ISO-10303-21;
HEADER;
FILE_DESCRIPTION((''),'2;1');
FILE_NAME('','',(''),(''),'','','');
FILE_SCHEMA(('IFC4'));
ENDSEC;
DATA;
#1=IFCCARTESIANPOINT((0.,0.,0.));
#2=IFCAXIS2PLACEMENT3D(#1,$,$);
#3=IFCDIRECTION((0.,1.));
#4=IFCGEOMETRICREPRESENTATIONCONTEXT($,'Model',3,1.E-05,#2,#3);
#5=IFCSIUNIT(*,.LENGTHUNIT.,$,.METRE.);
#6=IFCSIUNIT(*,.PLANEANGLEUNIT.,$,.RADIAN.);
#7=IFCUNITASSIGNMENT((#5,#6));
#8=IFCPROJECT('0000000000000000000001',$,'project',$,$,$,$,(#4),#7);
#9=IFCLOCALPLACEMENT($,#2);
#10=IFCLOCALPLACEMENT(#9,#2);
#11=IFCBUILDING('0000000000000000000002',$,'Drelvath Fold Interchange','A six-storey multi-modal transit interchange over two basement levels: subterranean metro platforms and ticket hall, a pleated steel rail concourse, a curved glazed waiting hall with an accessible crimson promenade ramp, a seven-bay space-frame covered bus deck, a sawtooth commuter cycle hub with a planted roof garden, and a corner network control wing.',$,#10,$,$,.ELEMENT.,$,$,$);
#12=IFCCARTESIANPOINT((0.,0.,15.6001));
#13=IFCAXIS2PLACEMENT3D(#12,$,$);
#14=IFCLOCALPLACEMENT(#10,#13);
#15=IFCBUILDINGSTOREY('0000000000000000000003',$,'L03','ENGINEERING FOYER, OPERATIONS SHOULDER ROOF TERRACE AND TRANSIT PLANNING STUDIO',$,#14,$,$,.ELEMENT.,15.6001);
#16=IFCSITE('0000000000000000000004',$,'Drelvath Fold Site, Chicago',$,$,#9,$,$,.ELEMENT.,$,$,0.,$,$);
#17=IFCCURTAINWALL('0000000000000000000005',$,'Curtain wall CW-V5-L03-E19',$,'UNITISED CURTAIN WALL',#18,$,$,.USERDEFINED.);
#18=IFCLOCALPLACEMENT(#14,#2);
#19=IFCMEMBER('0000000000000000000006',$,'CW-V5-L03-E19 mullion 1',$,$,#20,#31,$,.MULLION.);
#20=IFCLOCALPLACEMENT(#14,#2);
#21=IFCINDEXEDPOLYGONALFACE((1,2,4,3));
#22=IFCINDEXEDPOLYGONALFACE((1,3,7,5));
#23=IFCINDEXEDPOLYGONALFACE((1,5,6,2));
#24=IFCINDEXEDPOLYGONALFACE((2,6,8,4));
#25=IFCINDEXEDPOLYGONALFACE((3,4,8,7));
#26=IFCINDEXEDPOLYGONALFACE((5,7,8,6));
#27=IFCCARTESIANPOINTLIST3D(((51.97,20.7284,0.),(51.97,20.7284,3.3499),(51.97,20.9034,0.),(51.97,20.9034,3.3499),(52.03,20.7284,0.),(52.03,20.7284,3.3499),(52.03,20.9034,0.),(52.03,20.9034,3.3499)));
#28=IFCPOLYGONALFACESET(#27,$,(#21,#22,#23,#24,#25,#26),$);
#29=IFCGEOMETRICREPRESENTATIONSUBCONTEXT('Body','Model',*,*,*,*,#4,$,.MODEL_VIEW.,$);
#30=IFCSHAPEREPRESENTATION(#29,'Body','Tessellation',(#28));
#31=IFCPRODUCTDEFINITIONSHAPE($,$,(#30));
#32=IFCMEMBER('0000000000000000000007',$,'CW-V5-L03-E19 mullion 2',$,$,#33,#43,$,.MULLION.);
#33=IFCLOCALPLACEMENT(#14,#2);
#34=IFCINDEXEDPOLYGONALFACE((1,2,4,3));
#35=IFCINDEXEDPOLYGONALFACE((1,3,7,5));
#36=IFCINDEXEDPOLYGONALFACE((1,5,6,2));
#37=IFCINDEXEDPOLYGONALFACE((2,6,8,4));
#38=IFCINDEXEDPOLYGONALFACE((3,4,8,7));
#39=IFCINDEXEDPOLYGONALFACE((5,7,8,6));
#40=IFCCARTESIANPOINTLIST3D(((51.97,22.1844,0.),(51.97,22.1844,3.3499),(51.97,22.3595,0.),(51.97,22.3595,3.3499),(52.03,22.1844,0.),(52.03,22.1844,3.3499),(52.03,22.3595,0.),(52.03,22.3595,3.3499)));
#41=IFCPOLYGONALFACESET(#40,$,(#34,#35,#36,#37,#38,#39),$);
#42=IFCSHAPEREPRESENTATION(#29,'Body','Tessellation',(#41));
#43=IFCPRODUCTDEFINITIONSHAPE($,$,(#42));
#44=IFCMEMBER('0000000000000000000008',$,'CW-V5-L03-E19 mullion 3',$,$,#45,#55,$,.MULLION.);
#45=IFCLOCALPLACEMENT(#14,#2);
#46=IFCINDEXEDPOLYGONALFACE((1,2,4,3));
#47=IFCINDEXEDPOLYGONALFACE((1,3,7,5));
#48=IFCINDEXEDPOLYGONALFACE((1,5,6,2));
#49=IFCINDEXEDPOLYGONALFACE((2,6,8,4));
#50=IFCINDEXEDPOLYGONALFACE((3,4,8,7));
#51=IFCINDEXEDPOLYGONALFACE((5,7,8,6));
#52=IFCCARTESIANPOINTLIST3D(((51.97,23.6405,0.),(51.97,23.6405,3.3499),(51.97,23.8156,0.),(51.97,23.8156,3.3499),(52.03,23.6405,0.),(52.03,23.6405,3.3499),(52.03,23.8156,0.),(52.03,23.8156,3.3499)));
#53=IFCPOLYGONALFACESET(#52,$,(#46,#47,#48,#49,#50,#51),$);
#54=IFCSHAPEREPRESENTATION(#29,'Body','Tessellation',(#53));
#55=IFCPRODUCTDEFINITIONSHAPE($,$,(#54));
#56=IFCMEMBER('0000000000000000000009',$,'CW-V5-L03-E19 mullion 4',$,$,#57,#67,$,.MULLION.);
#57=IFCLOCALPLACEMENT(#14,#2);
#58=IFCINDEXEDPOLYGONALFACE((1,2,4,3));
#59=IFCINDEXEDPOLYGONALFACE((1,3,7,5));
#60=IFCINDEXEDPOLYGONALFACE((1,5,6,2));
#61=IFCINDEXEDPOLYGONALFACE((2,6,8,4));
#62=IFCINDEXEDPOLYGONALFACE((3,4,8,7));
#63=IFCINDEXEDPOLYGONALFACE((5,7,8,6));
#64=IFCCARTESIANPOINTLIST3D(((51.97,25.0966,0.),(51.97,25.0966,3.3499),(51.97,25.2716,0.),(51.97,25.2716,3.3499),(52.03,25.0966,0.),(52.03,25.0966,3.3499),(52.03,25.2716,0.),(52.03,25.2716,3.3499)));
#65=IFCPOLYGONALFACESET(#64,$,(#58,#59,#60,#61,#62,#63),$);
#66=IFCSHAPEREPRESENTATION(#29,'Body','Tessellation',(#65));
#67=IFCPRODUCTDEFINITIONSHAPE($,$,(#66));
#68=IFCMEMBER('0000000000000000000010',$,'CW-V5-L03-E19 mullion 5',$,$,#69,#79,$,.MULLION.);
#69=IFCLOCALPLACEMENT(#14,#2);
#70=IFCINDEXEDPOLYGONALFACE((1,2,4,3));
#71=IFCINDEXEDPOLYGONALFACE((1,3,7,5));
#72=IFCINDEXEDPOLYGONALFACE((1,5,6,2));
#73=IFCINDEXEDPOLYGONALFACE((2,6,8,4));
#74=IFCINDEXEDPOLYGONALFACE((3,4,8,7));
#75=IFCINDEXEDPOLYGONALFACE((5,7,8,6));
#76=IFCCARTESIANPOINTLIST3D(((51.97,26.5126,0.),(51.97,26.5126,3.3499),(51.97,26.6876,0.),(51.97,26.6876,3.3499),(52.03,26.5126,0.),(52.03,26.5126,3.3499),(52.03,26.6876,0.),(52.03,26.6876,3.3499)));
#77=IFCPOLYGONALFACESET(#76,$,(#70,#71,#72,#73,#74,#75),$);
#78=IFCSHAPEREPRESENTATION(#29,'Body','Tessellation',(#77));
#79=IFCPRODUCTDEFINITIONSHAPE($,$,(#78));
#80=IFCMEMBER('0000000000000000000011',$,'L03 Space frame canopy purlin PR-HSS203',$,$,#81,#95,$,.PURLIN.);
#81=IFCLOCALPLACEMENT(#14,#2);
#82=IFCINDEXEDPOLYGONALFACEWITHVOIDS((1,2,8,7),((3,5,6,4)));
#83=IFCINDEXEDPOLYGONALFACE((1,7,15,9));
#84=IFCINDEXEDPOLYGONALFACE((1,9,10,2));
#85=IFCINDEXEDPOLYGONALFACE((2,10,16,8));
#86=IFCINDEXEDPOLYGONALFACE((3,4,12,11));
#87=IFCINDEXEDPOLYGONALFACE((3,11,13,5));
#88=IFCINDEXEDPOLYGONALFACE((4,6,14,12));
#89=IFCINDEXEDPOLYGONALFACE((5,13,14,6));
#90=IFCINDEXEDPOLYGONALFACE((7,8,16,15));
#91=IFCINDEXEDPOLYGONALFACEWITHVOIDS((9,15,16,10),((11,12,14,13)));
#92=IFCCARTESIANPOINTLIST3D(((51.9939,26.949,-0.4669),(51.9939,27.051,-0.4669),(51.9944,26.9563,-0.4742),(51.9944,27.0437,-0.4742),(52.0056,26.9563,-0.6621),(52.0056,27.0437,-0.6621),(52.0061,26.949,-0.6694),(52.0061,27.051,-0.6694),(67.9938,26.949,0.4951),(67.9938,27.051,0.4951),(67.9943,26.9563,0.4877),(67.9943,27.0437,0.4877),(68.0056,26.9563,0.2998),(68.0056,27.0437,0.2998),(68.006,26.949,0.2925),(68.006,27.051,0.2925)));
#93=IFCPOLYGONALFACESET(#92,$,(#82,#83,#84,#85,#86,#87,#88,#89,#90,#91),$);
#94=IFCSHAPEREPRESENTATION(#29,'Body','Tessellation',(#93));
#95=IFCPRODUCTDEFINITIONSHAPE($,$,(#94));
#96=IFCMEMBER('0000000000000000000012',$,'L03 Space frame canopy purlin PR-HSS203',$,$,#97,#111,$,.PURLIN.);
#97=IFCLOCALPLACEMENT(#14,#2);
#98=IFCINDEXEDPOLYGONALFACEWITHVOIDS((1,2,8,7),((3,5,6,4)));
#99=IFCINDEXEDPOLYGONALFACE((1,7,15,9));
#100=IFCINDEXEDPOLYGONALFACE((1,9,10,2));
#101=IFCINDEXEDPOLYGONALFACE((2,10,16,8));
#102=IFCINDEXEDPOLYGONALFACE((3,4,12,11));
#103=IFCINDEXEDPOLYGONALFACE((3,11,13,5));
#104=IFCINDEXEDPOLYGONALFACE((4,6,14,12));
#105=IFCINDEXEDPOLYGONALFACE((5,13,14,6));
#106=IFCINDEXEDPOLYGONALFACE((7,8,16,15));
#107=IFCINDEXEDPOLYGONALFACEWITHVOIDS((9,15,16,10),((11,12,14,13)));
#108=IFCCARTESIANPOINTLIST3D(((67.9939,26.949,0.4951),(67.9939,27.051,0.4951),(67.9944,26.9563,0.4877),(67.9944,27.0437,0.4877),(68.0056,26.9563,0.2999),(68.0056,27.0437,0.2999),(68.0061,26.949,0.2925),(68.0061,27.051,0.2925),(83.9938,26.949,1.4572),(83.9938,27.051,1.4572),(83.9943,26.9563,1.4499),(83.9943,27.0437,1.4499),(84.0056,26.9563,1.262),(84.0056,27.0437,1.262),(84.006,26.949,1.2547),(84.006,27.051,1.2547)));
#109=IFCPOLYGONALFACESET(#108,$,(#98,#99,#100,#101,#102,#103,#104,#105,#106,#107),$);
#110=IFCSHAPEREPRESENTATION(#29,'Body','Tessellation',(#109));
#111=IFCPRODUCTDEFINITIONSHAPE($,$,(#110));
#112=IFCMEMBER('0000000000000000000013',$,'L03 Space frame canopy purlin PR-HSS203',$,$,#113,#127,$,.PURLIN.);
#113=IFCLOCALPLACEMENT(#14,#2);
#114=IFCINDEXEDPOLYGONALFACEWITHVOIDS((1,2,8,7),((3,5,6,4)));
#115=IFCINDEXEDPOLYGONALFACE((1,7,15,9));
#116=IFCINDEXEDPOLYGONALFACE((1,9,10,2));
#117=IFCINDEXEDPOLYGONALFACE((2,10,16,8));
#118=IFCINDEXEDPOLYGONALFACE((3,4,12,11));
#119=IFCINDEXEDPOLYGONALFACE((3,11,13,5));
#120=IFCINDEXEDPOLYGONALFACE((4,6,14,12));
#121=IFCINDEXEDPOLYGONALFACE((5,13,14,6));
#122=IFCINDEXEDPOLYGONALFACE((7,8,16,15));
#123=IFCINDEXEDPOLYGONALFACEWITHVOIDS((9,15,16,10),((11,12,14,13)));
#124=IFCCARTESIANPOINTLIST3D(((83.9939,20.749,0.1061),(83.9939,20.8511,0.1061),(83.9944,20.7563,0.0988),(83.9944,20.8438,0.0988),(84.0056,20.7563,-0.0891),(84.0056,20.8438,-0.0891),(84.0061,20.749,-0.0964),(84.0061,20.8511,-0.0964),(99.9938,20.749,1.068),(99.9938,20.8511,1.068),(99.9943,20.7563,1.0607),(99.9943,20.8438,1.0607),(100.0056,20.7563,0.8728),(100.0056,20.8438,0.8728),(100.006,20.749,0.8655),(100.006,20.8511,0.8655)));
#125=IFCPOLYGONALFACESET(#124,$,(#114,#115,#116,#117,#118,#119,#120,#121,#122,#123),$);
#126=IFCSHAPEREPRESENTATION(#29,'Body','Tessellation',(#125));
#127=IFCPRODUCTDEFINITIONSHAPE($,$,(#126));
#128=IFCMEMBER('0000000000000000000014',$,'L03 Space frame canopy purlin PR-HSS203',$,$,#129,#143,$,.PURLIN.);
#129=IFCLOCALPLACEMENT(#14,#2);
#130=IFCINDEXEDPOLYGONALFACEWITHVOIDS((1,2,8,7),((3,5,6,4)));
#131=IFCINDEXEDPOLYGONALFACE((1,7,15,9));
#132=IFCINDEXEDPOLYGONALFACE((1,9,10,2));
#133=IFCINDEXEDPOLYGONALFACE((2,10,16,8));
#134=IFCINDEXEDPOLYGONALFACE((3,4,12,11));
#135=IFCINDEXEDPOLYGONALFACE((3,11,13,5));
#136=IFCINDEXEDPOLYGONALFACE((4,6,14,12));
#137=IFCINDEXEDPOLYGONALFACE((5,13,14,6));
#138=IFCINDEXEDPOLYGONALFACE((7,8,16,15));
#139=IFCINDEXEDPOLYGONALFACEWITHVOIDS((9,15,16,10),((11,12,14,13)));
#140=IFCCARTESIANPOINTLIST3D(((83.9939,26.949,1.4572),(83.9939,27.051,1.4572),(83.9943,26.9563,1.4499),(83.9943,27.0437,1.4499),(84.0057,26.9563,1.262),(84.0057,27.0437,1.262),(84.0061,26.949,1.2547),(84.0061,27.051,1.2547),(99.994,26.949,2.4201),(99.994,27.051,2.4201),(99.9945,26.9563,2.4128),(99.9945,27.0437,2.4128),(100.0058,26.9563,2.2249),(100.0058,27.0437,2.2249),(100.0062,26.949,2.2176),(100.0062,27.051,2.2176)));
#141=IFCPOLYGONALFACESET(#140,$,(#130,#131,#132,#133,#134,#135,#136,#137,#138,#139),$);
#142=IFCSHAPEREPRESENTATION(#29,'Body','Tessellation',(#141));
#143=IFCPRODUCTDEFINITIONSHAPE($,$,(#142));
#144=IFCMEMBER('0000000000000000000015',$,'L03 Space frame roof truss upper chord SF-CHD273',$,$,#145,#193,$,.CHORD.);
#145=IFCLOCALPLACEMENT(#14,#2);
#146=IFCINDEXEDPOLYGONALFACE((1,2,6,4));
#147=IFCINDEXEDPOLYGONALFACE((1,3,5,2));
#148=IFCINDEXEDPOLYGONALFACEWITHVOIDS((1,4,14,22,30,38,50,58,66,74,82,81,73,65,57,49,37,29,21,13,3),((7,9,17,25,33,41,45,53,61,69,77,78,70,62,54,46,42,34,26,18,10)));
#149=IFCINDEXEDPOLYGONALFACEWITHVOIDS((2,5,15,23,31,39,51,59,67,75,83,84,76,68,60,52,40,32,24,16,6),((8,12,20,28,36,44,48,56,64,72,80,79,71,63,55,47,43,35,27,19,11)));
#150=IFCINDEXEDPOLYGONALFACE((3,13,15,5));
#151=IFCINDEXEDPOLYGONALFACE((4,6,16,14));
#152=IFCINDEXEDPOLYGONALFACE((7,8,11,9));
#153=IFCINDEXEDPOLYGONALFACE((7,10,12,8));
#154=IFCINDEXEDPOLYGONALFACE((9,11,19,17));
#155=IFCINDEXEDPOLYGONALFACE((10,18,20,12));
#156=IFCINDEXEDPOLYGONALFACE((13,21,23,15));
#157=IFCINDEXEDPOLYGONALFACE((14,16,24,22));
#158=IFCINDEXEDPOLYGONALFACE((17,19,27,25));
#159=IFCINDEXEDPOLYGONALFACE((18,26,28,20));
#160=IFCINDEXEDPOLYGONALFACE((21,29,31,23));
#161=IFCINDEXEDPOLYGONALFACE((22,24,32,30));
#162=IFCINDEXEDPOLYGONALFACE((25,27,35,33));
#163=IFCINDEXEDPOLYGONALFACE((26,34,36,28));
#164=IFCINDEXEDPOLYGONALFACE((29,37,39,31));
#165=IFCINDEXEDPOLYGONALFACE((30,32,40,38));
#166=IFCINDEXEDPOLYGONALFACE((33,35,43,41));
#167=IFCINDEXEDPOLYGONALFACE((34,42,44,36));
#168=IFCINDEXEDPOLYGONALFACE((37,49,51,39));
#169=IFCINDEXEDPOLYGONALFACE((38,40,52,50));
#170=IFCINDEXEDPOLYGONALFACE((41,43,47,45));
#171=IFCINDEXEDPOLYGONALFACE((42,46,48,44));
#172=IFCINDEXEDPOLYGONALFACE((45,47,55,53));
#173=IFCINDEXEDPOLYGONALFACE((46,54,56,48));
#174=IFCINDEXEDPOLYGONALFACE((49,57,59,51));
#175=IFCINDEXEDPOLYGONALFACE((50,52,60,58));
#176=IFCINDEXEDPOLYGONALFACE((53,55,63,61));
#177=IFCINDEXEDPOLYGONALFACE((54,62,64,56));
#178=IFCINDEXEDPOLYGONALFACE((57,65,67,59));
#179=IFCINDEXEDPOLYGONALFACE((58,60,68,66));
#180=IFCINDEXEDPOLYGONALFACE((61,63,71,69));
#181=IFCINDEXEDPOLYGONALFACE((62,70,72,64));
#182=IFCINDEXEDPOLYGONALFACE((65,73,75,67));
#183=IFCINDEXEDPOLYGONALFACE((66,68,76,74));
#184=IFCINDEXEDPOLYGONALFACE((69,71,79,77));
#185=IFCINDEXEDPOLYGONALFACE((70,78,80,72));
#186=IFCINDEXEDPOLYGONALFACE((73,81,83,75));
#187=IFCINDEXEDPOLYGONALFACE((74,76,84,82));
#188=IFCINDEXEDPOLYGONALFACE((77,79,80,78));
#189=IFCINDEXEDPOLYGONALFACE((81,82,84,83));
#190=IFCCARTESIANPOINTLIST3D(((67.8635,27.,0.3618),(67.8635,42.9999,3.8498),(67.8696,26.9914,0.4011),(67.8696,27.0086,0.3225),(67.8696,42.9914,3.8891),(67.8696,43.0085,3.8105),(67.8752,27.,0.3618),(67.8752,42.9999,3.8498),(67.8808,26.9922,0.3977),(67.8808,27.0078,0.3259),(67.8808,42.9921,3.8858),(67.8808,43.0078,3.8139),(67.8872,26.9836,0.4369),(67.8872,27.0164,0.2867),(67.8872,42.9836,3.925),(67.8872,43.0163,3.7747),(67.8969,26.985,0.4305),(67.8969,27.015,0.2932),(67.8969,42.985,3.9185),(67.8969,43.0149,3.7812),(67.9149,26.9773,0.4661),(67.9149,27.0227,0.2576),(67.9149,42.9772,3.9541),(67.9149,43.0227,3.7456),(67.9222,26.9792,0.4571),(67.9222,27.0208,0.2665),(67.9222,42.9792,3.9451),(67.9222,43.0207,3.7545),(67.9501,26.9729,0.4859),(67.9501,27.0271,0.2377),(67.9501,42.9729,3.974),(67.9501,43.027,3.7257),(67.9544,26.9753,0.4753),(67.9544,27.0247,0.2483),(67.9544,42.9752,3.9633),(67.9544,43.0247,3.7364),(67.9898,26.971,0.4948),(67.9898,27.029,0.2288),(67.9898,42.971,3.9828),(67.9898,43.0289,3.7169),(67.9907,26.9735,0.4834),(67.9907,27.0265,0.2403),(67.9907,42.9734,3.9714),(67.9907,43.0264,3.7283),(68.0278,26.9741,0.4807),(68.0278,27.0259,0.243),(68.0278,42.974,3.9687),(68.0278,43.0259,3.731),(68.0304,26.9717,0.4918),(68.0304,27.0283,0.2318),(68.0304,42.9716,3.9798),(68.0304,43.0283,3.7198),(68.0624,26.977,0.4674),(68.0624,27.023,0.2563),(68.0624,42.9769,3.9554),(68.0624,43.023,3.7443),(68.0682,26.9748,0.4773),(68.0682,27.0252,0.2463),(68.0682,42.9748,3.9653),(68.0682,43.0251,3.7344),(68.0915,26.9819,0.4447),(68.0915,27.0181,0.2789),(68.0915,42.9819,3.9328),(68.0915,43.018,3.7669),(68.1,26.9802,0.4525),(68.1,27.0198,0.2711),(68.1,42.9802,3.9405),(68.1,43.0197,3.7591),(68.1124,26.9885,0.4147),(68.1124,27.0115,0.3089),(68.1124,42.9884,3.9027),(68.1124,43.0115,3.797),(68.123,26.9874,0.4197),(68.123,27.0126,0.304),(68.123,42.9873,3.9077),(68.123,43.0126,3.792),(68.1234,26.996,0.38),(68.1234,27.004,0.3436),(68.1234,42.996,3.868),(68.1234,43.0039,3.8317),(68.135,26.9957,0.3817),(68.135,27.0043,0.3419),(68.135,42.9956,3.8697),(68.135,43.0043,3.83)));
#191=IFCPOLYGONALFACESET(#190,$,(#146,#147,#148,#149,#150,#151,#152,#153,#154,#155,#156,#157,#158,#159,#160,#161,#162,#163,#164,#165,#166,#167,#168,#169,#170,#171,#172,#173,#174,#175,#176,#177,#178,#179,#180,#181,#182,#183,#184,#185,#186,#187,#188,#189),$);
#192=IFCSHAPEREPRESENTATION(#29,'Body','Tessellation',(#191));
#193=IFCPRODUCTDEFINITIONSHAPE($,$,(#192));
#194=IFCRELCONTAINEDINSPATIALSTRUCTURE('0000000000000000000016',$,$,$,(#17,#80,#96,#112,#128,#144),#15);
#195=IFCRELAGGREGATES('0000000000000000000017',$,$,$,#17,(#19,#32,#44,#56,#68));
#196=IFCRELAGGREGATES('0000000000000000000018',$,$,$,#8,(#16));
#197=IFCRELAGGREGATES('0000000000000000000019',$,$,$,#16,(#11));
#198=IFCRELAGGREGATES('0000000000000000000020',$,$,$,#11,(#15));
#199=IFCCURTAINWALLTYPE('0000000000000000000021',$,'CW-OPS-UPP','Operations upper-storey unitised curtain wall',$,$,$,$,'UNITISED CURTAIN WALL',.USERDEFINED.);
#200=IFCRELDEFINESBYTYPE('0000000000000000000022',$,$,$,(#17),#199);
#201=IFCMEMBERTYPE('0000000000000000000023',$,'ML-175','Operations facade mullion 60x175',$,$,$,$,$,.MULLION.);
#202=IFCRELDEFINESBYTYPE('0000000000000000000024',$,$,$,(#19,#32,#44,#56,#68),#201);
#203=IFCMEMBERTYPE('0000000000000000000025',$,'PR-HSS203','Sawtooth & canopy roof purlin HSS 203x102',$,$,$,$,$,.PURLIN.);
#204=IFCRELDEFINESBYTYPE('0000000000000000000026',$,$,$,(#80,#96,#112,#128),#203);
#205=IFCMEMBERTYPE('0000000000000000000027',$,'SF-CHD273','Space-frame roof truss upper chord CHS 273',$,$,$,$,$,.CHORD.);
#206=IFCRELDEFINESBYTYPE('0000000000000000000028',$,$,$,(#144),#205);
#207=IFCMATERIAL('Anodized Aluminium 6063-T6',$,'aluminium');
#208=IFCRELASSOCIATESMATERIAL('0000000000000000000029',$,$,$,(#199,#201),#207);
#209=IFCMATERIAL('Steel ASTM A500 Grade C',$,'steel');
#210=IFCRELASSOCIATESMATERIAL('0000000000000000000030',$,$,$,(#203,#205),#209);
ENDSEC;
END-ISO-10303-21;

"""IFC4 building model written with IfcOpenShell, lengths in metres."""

from ifc_helpers import new_model, si_unit, direction, frame, origin, origin_2d, place, context, subcontext, project, spatial, rectangle, hollow_rectangle, hollow_circle, extrude, material, material_profile, profile_set, type_object, element, aggregate, save


model = new_model("IFC4")

# Units and contexts
model_context = context("Model", 3, precision=1e-05, world=origin(), true_north=direction((0.0, 1.0)))
body_context = subcontext(model_context, "Body", "Model", "MODEL_VIEW")
ifc_project = project(units=[si_unit("LENGTHUNIT", "METRE"), si_unit("PLANEANGLEUNIT", "RADIAN")], contexts=[model_context])

# Site, building, storey
site_placement = place(None, origin())
site = spatial("IfcSite", under=ifc_project, at=site_placement, Name="Drelvath Fold Site, Chicago", CompositionType="ELEMENT", RefElevation=0.0)
building_placement = place(site_placement, origin())
building = spatial("IfcBuilding", under=site, at=building_placement, Name="Drelvath Fold Interchange", Description="A six-storey multi-modal transit interchange over two basement levels: subterranean metro platforms and ticket hall, a pleated steel rail concourse, a curved glazed waiting hall with an accessible crimson promenade ramp, a seven-bay space-frame covered bus deck, a sawtooth commuter cycle hub with a planted roof garden, and a corner network control wing.", CompositionType="ELEMENT")
storey_placement = place(building_placement, frame((0.0, 0.0, 15.6001)))
storey = spatial("IfcBuildingStorey", under=building, at=storey_placement, Name="L03", Description="ENGINEERING FOYER, OPERATIONS SHOULDER ROOF TERRACE AND TRANSIT PLANNING STUDIO", CompositionType="ELEMENT", Elevation=15.6001)

# Curtain wall, members
ifc_material_1 = material(Name="Anodized Aluminium 6063-T6", Category="aluminium")
curtain_wall_type = type_object("IfcCurtainWallType", Name="CW-OPS-UPP", Description="Operations upper-storey unitised curtain wall", ElementType="UNITISED CURTAIN WALL", PredefinedType="USERDEFINED", material=ifc_material_1)
curtain_wall_placement = place(storey_placement, origin())
curtain_wall = element("IfcCurtainWall", 1, at=curtain_wall_placement, inside=storey, type_object=curtain_wall_type, Name="Curtain wall CW-V5-L03-E19", ObjectType="UNITISED CURTAIN WALL", PredefinedType="USERDEFINED")
ifc_material_profile_1 = material_profile(ifc_material_1, rectangle(XDim=0.0601, YDim=0.175, at=origin_2d()), Name="AL-M 60x175")
ifc_profile_set_1 = profile_set([ifc_material_profile_1], Name="Anodized Aluminium 6063-T6")
member_type_1 = type_object("IfcMemberType", Name="ML-175", Description="Operations facade mullion 60x175", PredefinedType="MULLION", material=ifc_profile_set_1)
member_1_placement = place(storey_placement, frame((52.0, 20.8159, 0.0), z_axis=(0.0, 0.0, 1.0), x_axis=(1.0, 0.0, 0.0)))
member_1 = element("IfcMember", 2, at=member_1_placement, type_object=member_type_1, Name="CW-V5-L03-E19 mullion 1", PredefinedType="MULLION", context=body_context, shape_type="SweptSolid", body=[
    extrude(rectangle(XDim=0.0601, YDim=0.175, at=origin_2d()), origin(), (0.0, 0.0, 1.0), 3.3499),
])
member_2_placement = place(storey_placement, frame((52.0, 22.272, 0.0), z_axis=(0.0, 0.0, 1.0), x_axis=(1.0, 0.0, 0.0)))
member_2 = element("IfcMember", 3, at=member_2_placement, type_object=member_type_1, Name="CW-V5-L03-E19 mullion 2", PredefinedType="MULLION", context=body_context, shape_type="SweptSolid", body=[
    extrude(rectangle(XDim=0.0601, YDim=0.175, at=origin_2d()), origin(), (0.0, 0.0, 1.0), 3.3499),
])
member_3_placement = place(storey_placement, frame((52.0, 23.728, 0.0), z_axis=(0.0, 0.0, 1.0), x_axis=(1.0, 0.0, 0.0)))
member_3 = element("IfcMember", 4, at=member_3_placement, type_object=member_type_1, Name="CW-V5-L03-E19 mullion 3", PredefinedType="MULLION", context=body_context, shape_type="SweptSolid", body=[
    extrude(rectangle(XDim=0.0601, YDim=0.175, at=origin_2d()), origin(), (0.0, 0.0, 1.0), 3.3499),
])
member_4_placement = place(storey_placement, frame((52.0, 25.1841, 0.0), z_axis=(0.0, 0.0, 1.0), x_axis=(1.0, 0.0, 0.0)))
member_4 = element("IfcMember", 5, at=member_4_placement, type_object=member_type_1, Name="CW-V5-L03-E19 mullion 4", PredefinedType="MULLION", context=body_context, shape_type="SweptSolid", body=[
    extrude(rectangle(XDim=0.0601, YDim=0.175, at=origin_2d()), origin(), (0.0, 0.0, 1.0), 3.3499),
])
member_5_placement = place(storey_placement, frame((52.0, 26.6001, 0.0), z_axis=(0.0, 0.0, 1.0), x_axis=(1.0, 0.0, 0.0)))
member_5 = element("IfcMember", 6, at=member_5_placement, type_object=member_type_1, Name="CW-V5-L03-E19 mullion 5", PredefinedType="MULLION", context=body_context, shape_type="SweptSolid", body=[
    extrude(rectangle(XDim=0.0601, YDim=0.175, at=origin_2d()), origin(), (0.0, 0.0, 1.0), 3.3499),
])

# Members
ifc_material_2 = material(Name="Steel ASTM A500 Grade C", Category="steel")
ifc_material_profile_2 = material_profile(ifc_material_2, hollow_rectangle(XDim=0.1021, YDim=0.2029, WallThickness=0.0073, at=origin_2d()), Name="HSS8X4X5/16")
ifc_profile_set_2 = profile_set([ifc_material_profile_2], Name="Steel ASTM A500 Grade C")
member_type_2 = type_object("IfcMemberType", Name="PR-HSS203", Description="Sawtooth & canopy roof purlin HSS 203x102", PredefinedType="PURLIN", material=ifc_profile_set_2)
for number, where, z_axis, x_axis, name in (
    (7, (52.0, 27.0, -0.5681), (0.998198, 0.0, 0.060011), (0.0, 1.0, 0.0), "L03 Space frame canopy purlin PR-HSS203"),
    (8, (68.0, 27.0, 0.3938), (0.998197, 0.0, 0.060026), (0.0, 1.0, 0.0), "L03 Space frame canopy purlin PR-HSS203"),
    (9, (84.0, 20.8, 0.0049), (0.998198, 0.0, 0.060011), (0.0, 1.0, 0.0), "L03 Space frame canopy purlin PR-HSS203"),
):
    element("IfcMember", number, at=place(storey_placement, frame(where, z_axis=z_axis, x_axis=x_axis)), inside=storey, type_object=member_type_2, Name=name, PredefinedType="PURLIN", context=body_context, shape_type="SweptSolid", body=[
        extrude(hollow_rectangle(XDim=0.1021, YDim=0.2029, WallThickness=0.0073, at=origin_2d()), origin(), (0.0, 0.0, 1.0), 16.0288),
    ])
member_6_placement = place(storey_placement, frame((84.0, 27.0, 1.356), z_axis=(0.998194, 0.0, 0.060072), x_axis=(0.0, 1.0, 0.0)))
element("IfcMember", 10, at=member_6_placement, inside=storey, type_object=member_type_2, Name="L03 Space frame canopy purlin PR-HSS203", PredefinedType="PURLIN", context=body_context, shape_type="SweptSolid", body=[
    extrude(hollow_rectangle(XDim=0.1021, YDim=0.2029, WallThickness=0.0073, at=origin_2d()), origin(), (0.0, 0.0, 1.0), 16.0291),
])
ifc_material_profile_3 = material_profile(ifc_material_2, hollow_circle(Radius=0.1365, WallThickness=0.0117, at=origin_2d()), Name="HSS10.750X0.500")
ifc_profile_set_3 = profile_set([ifc_material_profile_3], Name="Steel ASTM A500 Grade C")
member_type_3 = type_object("IfcMemberType", Name="SF-CHD273", Description="Space-frame roof truss upper chord CHS 273", PredefinedType="CHORD", material=ifc_profile_set_3)
member_7_placement = place(storey_placement, frame((68.0, 27.0, 0.3618), z_axis=(0.0, 0.977052, 0.213), x_axis=(-1.0, 0.0, 0.0)))
element("IfcMember", 11, at=member_7_placement, inside=storey, type_object=member_type_3, Name="L03 Space frame roof truss upper chord SF-CHD273", PredefinedType="CHORD", context=body_context, shape_type="SweptSolid", body=[
    extrude(hollow_circle(Radius=0.1365, WallThickness=0.0117, at=origin_2d()), origin(), (0.0, 0.0, 1.0), 16.3757),
])

aggregate(curtain_wall, [member_1, member_2, member_3, member_4, member_5])

save(model, "model.ifc")
